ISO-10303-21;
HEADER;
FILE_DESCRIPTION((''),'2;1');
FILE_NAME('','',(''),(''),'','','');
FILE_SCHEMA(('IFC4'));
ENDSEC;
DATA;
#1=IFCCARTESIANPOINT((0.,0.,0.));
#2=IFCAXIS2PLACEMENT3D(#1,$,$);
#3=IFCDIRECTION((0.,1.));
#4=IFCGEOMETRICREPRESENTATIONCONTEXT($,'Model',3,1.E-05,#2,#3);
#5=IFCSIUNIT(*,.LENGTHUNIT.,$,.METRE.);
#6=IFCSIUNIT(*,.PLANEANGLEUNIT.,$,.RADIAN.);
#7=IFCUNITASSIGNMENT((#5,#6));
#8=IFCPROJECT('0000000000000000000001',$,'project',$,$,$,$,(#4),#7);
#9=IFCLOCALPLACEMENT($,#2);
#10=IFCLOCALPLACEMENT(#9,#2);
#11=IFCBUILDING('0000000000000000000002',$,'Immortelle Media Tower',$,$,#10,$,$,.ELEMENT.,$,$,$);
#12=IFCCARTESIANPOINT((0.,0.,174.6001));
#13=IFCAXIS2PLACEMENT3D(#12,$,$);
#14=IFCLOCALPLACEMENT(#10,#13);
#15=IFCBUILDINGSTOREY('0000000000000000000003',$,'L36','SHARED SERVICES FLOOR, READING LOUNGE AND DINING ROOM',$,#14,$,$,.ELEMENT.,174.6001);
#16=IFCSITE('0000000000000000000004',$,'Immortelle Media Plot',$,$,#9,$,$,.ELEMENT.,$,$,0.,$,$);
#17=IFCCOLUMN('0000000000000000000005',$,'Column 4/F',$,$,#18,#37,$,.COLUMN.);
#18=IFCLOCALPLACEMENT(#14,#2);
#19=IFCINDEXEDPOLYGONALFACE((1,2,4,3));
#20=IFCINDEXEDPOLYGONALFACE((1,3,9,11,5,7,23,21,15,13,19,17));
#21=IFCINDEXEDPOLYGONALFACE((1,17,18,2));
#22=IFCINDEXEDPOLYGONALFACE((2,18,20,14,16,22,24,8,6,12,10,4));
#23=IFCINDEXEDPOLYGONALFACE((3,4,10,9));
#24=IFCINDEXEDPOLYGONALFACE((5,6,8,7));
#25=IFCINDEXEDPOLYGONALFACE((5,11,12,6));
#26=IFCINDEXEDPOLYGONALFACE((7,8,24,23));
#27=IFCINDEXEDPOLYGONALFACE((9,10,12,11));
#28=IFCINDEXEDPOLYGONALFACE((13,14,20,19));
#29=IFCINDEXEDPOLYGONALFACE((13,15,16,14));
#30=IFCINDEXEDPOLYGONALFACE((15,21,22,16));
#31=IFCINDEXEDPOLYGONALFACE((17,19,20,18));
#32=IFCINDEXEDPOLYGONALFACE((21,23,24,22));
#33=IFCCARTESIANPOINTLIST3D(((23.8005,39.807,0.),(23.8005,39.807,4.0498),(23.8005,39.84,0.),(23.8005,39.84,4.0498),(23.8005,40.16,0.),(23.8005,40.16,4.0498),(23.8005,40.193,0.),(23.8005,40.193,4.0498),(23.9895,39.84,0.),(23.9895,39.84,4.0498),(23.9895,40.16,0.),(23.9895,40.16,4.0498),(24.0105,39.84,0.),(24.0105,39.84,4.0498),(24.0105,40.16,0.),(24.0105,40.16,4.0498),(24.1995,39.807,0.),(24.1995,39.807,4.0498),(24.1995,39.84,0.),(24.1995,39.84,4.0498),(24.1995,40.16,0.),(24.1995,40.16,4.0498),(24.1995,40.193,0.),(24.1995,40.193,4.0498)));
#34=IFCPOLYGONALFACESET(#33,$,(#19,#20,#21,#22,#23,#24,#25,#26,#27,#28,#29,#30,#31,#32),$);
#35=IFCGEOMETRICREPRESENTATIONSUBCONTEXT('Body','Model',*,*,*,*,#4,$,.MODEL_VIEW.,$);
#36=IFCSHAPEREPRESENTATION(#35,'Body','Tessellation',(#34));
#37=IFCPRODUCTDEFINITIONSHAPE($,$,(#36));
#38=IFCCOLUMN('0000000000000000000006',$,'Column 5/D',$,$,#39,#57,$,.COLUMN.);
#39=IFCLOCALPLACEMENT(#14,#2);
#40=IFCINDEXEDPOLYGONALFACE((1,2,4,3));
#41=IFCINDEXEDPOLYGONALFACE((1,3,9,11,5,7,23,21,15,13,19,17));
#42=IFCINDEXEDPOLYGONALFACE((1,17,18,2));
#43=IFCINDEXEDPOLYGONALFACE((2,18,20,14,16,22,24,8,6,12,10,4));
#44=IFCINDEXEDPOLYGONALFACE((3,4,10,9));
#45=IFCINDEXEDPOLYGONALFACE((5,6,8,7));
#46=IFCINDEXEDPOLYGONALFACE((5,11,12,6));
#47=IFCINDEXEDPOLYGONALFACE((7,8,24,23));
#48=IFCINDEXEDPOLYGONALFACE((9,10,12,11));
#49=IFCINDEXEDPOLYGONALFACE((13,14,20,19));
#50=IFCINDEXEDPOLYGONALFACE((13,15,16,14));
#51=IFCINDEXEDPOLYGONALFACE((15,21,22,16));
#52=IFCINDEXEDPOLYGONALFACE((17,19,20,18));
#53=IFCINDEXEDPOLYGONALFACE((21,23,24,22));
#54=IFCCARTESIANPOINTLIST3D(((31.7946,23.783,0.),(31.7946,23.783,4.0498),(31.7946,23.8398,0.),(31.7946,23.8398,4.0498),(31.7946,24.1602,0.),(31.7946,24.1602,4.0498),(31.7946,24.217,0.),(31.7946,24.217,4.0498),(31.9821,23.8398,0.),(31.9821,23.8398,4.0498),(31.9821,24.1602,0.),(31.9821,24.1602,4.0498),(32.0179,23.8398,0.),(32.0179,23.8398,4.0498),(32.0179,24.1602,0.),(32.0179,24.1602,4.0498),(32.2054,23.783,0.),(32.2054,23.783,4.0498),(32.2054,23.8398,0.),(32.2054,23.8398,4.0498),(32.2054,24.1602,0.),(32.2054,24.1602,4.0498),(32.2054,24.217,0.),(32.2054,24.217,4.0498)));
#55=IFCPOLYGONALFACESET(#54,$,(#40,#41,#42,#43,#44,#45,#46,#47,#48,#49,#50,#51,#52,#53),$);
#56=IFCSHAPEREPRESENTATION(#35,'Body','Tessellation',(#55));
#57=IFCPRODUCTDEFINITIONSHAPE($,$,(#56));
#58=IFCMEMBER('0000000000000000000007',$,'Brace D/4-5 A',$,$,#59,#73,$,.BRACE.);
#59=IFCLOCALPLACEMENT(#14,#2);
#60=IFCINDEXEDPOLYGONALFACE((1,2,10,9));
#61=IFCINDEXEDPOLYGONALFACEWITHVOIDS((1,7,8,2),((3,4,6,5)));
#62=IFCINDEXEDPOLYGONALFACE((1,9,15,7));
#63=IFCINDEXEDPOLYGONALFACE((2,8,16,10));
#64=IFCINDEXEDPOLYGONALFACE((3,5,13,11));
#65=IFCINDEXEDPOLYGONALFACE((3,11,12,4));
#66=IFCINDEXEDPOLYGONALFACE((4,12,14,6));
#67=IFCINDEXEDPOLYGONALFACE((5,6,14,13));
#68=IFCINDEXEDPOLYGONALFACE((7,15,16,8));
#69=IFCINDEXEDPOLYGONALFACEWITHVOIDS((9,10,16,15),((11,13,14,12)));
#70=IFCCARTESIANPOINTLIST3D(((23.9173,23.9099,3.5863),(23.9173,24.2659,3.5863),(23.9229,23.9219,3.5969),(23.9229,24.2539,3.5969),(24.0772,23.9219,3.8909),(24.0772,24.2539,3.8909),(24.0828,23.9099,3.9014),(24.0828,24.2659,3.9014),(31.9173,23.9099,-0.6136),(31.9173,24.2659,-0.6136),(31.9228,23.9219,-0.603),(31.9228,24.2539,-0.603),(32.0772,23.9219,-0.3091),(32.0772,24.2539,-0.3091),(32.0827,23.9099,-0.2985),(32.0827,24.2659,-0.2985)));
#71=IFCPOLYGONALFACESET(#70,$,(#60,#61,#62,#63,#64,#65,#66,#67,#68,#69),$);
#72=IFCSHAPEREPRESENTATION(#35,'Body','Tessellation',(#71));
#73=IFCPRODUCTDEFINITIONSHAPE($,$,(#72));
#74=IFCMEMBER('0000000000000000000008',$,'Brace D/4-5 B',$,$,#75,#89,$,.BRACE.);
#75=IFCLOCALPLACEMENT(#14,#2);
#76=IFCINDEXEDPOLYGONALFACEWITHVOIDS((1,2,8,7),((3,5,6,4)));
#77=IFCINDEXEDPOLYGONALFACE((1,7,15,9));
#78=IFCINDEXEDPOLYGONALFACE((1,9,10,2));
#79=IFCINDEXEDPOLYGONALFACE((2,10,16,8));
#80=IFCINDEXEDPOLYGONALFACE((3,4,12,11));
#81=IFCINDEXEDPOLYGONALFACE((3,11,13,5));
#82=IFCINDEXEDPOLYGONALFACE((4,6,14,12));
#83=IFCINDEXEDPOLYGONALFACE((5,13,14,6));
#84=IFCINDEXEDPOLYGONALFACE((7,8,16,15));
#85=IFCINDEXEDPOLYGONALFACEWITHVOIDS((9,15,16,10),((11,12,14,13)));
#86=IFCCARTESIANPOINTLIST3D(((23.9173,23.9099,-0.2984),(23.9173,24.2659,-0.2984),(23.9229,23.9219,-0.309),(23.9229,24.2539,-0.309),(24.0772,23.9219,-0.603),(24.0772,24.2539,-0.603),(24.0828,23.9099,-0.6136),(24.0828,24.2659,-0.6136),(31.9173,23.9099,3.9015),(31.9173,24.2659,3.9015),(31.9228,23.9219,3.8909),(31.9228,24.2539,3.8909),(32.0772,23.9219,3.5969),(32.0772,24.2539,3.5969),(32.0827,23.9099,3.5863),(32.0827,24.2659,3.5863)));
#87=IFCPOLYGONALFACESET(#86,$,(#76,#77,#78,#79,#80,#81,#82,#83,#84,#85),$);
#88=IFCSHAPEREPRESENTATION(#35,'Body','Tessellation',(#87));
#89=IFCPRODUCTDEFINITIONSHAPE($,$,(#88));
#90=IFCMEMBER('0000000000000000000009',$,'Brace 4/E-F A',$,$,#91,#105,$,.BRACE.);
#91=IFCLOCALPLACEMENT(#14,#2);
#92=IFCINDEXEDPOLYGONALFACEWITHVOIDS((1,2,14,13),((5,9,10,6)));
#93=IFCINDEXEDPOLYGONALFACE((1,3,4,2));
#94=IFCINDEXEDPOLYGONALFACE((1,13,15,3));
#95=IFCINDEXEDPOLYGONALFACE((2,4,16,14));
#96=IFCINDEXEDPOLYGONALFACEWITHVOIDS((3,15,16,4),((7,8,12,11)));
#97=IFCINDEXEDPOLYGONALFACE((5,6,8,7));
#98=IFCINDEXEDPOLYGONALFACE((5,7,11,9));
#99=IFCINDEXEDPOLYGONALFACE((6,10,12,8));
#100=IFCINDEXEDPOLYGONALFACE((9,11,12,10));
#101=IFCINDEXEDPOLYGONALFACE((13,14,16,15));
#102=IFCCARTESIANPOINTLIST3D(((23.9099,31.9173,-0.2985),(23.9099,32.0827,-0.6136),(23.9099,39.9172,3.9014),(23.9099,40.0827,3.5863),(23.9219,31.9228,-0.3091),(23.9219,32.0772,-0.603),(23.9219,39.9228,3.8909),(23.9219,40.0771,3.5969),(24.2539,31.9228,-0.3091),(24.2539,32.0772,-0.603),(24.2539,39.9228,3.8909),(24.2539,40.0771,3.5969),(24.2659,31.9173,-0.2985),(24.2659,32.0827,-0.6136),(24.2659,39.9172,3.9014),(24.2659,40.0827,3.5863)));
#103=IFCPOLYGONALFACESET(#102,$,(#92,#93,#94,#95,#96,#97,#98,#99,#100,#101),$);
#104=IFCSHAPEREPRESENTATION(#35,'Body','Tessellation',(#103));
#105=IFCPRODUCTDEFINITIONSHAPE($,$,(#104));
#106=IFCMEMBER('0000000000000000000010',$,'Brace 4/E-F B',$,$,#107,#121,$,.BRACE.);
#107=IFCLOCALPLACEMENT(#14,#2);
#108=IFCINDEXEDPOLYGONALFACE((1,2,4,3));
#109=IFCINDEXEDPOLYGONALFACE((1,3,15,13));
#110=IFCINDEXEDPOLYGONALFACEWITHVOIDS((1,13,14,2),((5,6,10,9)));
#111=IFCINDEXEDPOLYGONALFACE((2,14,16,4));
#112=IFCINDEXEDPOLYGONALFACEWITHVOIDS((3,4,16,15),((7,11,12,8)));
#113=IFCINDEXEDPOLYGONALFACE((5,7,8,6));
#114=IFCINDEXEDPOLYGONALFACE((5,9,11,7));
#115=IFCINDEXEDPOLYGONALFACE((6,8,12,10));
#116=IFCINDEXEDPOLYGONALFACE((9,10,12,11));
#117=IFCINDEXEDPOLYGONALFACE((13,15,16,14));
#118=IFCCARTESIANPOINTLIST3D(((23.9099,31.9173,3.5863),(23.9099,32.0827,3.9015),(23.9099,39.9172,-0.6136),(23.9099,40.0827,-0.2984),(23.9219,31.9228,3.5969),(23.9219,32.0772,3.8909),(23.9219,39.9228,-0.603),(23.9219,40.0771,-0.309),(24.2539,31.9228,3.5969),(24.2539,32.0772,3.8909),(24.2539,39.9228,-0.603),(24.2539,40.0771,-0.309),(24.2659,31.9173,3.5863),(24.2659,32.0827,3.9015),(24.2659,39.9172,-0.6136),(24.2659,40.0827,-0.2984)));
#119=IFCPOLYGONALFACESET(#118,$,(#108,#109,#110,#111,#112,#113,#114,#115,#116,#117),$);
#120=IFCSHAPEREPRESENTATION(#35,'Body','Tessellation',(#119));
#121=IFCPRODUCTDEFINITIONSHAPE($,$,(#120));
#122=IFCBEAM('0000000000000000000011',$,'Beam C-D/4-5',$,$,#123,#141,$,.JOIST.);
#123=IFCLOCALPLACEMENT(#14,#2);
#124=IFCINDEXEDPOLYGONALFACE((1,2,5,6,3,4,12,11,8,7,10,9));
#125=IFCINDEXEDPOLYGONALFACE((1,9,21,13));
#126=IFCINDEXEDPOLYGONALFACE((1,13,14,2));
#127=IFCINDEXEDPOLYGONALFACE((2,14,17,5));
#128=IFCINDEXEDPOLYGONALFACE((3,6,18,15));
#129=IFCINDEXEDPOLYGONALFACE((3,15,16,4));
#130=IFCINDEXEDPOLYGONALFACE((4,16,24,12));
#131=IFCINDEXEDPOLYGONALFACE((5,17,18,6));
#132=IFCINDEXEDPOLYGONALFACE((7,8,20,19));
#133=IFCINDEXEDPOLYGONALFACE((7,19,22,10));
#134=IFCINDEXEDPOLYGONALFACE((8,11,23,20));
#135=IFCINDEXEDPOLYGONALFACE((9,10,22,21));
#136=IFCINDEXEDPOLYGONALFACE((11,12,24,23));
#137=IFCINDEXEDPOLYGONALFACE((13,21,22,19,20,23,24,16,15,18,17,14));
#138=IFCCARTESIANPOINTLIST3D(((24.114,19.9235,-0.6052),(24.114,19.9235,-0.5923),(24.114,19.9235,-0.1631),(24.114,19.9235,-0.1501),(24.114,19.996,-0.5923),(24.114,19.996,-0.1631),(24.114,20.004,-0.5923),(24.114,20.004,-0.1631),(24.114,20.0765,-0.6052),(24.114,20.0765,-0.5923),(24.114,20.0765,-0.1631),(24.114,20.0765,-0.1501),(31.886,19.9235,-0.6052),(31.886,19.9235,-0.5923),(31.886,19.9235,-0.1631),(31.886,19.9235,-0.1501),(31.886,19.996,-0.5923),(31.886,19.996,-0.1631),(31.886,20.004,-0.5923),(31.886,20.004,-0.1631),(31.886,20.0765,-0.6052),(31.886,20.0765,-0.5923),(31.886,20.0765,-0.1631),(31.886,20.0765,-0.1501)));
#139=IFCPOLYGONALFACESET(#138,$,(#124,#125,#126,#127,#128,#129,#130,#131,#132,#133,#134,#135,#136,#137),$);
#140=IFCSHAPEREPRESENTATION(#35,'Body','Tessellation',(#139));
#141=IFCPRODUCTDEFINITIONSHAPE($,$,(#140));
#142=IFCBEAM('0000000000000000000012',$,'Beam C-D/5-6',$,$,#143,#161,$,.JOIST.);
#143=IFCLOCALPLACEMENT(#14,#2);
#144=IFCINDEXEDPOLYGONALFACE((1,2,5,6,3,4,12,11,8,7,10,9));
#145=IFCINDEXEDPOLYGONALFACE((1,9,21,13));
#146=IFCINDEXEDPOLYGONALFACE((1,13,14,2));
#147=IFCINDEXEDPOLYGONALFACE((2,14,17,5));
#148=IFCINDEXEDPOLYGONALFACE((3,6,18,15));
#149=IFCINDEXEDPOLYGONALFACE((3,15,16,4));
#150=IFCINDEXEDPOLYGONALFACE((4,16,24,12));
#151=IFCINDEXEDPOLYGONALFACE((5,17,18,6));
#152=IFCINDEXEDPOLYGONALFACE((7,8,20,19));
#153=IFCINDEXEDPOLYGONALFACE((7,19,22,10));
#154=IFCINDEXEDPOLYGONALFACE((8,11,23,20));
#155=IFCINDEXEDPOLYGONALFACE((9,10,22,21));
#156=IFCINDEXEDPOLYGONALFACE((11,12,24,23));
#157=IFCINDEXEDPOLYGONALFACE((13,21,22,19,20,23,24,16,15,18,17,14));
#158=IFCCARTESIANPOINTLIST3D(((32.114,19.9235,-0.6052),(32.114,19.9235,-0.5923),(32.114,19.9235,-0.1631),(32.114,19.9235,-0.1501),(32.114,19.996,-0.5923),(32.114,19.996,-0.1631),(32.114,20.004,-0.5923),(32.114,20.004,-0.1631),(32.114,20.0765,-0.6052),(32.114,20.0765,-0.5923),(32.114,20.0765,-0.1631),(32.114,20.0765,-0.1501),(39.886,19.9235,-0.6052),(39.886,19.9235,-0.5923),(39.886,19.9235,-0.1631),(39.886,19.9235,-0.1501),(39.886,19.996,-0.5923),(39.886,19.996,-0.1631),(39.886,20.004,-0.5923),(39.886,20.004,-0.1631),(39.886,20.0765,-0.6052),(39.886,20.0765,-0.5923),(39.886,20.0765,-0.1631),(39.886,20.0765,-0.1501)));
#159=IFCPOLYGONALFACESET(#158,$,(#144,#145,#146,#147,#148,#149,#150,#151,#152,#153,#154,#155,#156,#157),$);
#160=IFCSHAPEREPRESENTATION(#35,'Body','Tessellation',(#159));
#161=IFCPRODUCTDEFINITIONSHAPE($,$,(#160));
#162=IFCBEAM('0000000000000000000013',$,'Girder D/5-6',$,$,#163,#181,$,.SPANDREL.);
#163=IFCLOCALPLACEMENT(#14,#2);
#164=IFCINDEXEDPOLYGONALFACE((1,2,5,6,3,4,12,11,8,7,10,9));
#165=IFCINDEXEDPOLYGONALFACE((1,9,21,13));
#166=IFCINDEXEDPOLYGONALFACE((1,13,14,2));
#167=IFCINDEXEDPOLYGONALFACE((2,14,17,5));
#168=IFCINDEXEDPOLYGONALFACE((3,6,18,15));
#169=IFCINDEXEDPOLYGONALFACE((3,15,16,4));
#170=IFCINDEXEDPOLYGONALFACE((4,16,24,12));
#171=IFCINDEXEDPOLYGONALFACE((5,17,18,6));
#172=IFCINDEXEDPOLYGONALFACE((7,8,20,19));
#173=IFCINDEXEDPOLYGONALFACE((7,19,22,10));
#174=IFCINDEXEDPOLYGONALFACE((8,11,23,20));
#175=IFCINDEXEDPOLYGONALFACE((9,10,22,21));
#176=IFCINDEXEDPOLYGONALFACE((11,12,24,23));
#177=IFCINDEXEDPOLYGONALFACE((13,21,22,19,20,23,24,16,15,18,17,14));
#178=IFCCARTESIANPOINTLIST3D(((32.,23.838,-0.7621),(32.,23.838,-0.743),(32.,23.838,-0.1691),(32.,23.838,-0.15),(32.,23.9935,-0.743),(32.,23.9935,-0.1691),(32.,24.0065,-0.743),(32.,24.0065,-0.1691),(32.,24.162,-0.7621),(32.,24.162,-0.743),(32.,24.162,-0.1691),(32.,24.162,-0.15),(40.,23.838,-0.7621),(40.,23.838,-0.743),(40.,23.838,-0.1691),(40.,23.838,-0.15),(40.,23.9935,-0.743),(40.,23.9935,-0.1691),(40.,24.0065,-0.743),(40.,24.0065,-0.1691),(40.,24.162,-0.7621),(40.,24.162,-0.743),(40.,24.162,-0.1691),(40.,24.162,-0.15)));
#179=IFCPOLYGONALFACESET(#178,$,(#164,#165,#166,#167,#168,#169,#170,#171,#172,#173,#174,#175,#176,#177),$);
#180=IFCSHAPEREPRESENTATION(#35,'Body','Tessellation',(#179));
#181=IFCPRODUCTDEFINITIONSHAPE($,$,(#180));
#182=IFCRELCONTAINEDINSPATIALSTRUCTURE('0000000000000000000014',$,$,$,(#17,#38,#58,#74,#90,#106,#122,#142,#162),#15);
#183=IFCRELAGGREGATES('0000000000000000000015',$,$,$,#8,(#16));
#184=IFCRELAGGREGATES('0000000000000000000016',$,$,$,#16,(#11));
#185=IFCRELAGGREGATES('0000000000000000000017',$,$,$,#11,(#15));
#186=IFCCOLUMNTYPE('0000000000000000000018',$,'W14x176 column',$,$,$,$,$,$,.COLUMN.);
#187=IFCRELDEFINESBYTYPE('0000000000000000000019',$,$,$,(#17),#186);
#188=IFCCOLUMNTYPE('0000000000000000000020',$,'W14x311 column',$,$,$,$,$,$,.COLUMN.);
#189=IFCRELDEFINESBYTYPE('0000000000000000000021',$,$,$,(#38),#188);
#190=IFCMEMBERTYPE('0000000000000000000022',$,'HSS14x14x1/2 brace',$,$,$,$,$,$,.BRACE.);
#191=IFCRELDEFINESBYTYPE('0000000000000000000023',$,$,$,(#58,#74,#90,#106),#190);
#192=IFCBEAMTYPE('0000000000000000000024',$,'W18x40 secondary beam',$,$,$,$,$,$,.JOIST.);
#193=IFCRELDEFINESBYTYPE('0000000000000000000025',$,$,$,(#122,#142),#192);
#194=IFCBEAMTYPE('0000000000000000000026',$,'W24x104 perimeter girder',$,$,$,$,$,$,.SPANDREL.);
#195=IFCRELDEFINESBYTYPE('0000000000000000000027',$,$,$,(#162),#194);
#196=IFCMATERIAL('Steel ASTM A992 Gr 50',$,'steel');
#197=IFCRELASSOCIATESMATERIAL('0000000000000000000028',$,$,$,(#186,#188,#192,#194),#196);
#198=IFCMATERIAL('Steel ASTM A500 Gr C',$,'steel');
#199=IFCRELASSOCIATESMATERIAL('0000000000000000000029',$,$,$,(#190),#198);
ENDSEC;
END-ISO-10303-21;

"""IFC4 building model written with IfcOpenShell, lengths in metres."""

from ifc_helpers import new_model, si_unit, direction, frame, origin, origin_2d, place, context, subcontext, project, spatial, hollow_rectangle, i_section, extrude, material, material_profile, profile_set, type_object, element, save


model = new_model("IFC4")

# Units and contexts
model_context = context("Model", 3, precision=1e-05, world=origin(), true_north=direction((0.0, 1.0)))
body_context = subcontext(model_context, "Body", "Model", "MODEL_VIEW")
ifc_project = project(units=[si_unit("LENGTHUNIT", "METRE"), si_unit("PLANEANGLEUNIT", "RADIAN")], contexts=[model_context])

# Site, building, storey
site_placement = place(None, origin())
site = spatial("IfcSite", under=ifc_project, at=site_placement, Name="Immortelle Media Plot", CompositionType="ELEMENT", RefElevation=0.0)
building_placement = place(site_placement, origin())
building = spatial("IfcBuilding", under=site, at=building_placement, Name="Immortelle Media Tower", CompositionType="ELEMENT")
storey_placement = place(building_placement, frame((0.0, 0.0, 174.6001)))
storey = spatial("IfcBuildingStorey", under=building, at=storey_placement, Name="L36", Description="SHARED SERVICES FLOOR, READING LOUNGE AND DINING ROOM", CompositionType="ELEMENT", Elevation=174.6001)

# Columns
ifc_material_1 = material(Name="Steel ASTM A992 Gr 50", Category="steel")
ifc_material_profile_1 = material_profile(ifc_material_1, i_section(OverallWidth=0.3989, OverallDepth=0.386, WebThickness=0.021, FlangeThickness=0.033, at=origin_2d()), Name="W14x176")
ifc_profile_set_1 = profile_set([ifc_material_profile_1], Name="Steel ASTM A992 Gr 50")
column_type_1 = type_object("IfcColumnType", Name="W14x176 column", PredefinedType="COLUMN", material=ifc_profile_set_1)
column_1_placement = place(storey_placement, frame((24.0, 40.0, 0.0), z_axis=(0.0, 0.0, 1.0), x_axis=(1.0, 0.0, 0.0)))
element("IfcColumn", 1, at=column_1_placement, inside=storey, type_object=column_type_1, Name="Column 4/F", PredefinedType="COLUMN", context=body_context, shape_type="SweptSolid", body=[
    extrude(i_section(OverallWidth=0.3989, OverallDepth=0.386, WebThickness=0.021, FlangeThickness=0.033, at=origin_2d()), origin(), (0.0, 0.0, 1.0), 4.0498),
])
ifc_material_profile_2 = material_profile(ifc_material_1, i_section(OverallWidth=0.4109, OverallDepth=0.4341, WebThickness=0.0359, FlangeThickness=0.0569, at=origin_2d()), Name="W14x311")
ifc_profile_set_2 = profile_set([ifc_material_profile_2], Name="Steel ASTM A992 Gr 50")
column_type_2 = type_object("IfcColumnType", Name="W14x311 column", PredefinedType="COLUMN", material=ifc_profile_set_2)
column_2_placement = place(storey_placement, frame((32.0, 24.0, 0.0), z_axis=(0.0, 0.0, 1.0), x_axis=(1.0, 0.0, 0.0)))
element("IfcColumn", 2, at=column_2_placement, inside=storey, type_object=column_type_2, Name="Column 5/D", PredefinedType="COLUMN", context=body_context, shape_type="SweptSolid", body=[
    extrude(i_section(OverallWidth=0.4109, OverallDepth=0.4341, WebThickness=0.0359, FlangeThickness=0.0569, at=origin_2d()), origin(), (0.0, 0.0, 1.0), 4.0498),
])

# Members
ifc_material_2 = material(Name="Steel ASTM A500 Gr C", Category="steel")
ifc_material_profile_3 = material_profile(ifc_material_2, hollow_rectangle(XDim=0.356, YDim=0.356, WallThickness=0.012, at=origin_2d()), Name="HSS14x14x1/2 brace")
ifc_profile_set_3 = profile_set([ifc_material_profile_3], Name="Steel ASTM A500 Gr C")
member_type = type_object("IfcMemberType", Name="HSS14x14x1/2 brace", PredefinedType="BRACE", material=ifc_profile_set_3)
for number, where, z_axis, x_axis, name in (
    (3, (32.0, 24.0879, -0.4561), (-0.8854, 0.0, 0.46483), (0.0, -1.0, 0.0), "Brace D/4-5 A"),
    (4, (32.0, 24.0879, 3.7439), (-0.8854, 0.0, -0.46483), (0.0, -1.0, 0.0), "Brace D/4-5 B"),
    (5, (24.0879, 32.0, -0.4561), (0.0, 0.8854, 0.46483), (-1.0, 0.0, 0.0), "Brace 4/E-F A"),
    (6, (24.0879, 32.0, 3.7439), (0.0, 0.8854, -0.46483), (-1.0, 0.0, 0.0), "Brace 4/E-F B"),
):
    element("IfcMember", number, at=place(storey_placement, frame(where, z_axis=z_axis, x_axis=x_axis)), inside=storey, type_object=member_type, Name=name, PredefinedType="BRACE", context=body_context, shape_type="SweptSolid", body=[
        extrude(hollow_rectangle(XDim=0.356, YDim=0.356, WallThickness=0.012, at=origin_2d()), origin(), (0.0, 0.0, 1.0), 9.0354),
    ])

# Beams
ifc_material_profile_4 = material_profile(ifc_material_1, i_section(OverallWidth=0.1531, OverallDepth=0.4551, WebThickness=0.0081, FlangeThickness=0.0129, at=origin_2d()), Name="W18x40")
ifc_profile_set_4 = profile_set([ifc_material_profile_4], Name="Steel ASTM A992 Gr 50")
beam_type_1 = type_object("IfcBeamType", Name="W18x40 secondary beam", PredefinedType="JOIST", material=ifc_profile_set_4)
for number, where, z_axis, x_axis, name in (
    (7, (24.114, 20.0, -0.3777), (1.0, 0.0, 0.0), (0.0, 1.0, 0.0), "Beam C-D/4-5"),
    (8, (32.114, 20.0, -0.3777), (1.0, 0.0, 0.0), (0.0, 1.0, 0.0), "Beam C-D/5-6"),
):
    element("IfcBeam", number, at=place(storey_placement, frame(where, z_axis=z_axis, x_axis=x_axis)), inside=storey, type_object=beam_type_1, Name=name, PredefinedType="JOIST", context=body_context, shape_type="SweptSolid", body=[
        extrude(i_section(OverallWidth=0.1531, OverallDepth=0.4551, WebThickness=0.0081, FlangeThickness=0.0129, at=origin_2d()), origin(), (0.0, 0.0, 1.0), 7.772),
    ])
ifc_material_profile_5 = material_profile(ifc_material_1, i_section(OverallWidth=0.324, OverallDepth=0.6121, WebThickness=0.0129, FlangeThickness=0.019, at=origin_2d()), Name="W24x104")
ifc_profile_set_5 = profile_set([ifc_material_profile_5], Name="Steel ASTM A992 Gr 50")
beam_type_2 = type_object("IfcBeamType", Name="W24x104 perimeter girder", PredefinedType="SPANDREL", material=ifc_profile_set_5)
beam_placement = place(storey_placement, frame((32.0, 24.0, -0.4561), z_axis=(1.0, 0.0, 0.0), x_axis=(0.0, 1.0, 0.0)))
element("IfcBeam", 9, at=beam_placement, inside=storey, type_object=beam_type_2, Name="Girder D/5-6", PredefinedType="SPANDREL", context=body_context, shape_type="SweptSolid", body=[
    extrude(i_section(OverallWidth=0.324, OverallDepth=0.6121, WebThickness=0.0129, FlangeThickness=0.019, at=origin_2d()), origin(), (0.0, 0.0, 1.0), 8.0),
])

save(model, "model.ifc")
